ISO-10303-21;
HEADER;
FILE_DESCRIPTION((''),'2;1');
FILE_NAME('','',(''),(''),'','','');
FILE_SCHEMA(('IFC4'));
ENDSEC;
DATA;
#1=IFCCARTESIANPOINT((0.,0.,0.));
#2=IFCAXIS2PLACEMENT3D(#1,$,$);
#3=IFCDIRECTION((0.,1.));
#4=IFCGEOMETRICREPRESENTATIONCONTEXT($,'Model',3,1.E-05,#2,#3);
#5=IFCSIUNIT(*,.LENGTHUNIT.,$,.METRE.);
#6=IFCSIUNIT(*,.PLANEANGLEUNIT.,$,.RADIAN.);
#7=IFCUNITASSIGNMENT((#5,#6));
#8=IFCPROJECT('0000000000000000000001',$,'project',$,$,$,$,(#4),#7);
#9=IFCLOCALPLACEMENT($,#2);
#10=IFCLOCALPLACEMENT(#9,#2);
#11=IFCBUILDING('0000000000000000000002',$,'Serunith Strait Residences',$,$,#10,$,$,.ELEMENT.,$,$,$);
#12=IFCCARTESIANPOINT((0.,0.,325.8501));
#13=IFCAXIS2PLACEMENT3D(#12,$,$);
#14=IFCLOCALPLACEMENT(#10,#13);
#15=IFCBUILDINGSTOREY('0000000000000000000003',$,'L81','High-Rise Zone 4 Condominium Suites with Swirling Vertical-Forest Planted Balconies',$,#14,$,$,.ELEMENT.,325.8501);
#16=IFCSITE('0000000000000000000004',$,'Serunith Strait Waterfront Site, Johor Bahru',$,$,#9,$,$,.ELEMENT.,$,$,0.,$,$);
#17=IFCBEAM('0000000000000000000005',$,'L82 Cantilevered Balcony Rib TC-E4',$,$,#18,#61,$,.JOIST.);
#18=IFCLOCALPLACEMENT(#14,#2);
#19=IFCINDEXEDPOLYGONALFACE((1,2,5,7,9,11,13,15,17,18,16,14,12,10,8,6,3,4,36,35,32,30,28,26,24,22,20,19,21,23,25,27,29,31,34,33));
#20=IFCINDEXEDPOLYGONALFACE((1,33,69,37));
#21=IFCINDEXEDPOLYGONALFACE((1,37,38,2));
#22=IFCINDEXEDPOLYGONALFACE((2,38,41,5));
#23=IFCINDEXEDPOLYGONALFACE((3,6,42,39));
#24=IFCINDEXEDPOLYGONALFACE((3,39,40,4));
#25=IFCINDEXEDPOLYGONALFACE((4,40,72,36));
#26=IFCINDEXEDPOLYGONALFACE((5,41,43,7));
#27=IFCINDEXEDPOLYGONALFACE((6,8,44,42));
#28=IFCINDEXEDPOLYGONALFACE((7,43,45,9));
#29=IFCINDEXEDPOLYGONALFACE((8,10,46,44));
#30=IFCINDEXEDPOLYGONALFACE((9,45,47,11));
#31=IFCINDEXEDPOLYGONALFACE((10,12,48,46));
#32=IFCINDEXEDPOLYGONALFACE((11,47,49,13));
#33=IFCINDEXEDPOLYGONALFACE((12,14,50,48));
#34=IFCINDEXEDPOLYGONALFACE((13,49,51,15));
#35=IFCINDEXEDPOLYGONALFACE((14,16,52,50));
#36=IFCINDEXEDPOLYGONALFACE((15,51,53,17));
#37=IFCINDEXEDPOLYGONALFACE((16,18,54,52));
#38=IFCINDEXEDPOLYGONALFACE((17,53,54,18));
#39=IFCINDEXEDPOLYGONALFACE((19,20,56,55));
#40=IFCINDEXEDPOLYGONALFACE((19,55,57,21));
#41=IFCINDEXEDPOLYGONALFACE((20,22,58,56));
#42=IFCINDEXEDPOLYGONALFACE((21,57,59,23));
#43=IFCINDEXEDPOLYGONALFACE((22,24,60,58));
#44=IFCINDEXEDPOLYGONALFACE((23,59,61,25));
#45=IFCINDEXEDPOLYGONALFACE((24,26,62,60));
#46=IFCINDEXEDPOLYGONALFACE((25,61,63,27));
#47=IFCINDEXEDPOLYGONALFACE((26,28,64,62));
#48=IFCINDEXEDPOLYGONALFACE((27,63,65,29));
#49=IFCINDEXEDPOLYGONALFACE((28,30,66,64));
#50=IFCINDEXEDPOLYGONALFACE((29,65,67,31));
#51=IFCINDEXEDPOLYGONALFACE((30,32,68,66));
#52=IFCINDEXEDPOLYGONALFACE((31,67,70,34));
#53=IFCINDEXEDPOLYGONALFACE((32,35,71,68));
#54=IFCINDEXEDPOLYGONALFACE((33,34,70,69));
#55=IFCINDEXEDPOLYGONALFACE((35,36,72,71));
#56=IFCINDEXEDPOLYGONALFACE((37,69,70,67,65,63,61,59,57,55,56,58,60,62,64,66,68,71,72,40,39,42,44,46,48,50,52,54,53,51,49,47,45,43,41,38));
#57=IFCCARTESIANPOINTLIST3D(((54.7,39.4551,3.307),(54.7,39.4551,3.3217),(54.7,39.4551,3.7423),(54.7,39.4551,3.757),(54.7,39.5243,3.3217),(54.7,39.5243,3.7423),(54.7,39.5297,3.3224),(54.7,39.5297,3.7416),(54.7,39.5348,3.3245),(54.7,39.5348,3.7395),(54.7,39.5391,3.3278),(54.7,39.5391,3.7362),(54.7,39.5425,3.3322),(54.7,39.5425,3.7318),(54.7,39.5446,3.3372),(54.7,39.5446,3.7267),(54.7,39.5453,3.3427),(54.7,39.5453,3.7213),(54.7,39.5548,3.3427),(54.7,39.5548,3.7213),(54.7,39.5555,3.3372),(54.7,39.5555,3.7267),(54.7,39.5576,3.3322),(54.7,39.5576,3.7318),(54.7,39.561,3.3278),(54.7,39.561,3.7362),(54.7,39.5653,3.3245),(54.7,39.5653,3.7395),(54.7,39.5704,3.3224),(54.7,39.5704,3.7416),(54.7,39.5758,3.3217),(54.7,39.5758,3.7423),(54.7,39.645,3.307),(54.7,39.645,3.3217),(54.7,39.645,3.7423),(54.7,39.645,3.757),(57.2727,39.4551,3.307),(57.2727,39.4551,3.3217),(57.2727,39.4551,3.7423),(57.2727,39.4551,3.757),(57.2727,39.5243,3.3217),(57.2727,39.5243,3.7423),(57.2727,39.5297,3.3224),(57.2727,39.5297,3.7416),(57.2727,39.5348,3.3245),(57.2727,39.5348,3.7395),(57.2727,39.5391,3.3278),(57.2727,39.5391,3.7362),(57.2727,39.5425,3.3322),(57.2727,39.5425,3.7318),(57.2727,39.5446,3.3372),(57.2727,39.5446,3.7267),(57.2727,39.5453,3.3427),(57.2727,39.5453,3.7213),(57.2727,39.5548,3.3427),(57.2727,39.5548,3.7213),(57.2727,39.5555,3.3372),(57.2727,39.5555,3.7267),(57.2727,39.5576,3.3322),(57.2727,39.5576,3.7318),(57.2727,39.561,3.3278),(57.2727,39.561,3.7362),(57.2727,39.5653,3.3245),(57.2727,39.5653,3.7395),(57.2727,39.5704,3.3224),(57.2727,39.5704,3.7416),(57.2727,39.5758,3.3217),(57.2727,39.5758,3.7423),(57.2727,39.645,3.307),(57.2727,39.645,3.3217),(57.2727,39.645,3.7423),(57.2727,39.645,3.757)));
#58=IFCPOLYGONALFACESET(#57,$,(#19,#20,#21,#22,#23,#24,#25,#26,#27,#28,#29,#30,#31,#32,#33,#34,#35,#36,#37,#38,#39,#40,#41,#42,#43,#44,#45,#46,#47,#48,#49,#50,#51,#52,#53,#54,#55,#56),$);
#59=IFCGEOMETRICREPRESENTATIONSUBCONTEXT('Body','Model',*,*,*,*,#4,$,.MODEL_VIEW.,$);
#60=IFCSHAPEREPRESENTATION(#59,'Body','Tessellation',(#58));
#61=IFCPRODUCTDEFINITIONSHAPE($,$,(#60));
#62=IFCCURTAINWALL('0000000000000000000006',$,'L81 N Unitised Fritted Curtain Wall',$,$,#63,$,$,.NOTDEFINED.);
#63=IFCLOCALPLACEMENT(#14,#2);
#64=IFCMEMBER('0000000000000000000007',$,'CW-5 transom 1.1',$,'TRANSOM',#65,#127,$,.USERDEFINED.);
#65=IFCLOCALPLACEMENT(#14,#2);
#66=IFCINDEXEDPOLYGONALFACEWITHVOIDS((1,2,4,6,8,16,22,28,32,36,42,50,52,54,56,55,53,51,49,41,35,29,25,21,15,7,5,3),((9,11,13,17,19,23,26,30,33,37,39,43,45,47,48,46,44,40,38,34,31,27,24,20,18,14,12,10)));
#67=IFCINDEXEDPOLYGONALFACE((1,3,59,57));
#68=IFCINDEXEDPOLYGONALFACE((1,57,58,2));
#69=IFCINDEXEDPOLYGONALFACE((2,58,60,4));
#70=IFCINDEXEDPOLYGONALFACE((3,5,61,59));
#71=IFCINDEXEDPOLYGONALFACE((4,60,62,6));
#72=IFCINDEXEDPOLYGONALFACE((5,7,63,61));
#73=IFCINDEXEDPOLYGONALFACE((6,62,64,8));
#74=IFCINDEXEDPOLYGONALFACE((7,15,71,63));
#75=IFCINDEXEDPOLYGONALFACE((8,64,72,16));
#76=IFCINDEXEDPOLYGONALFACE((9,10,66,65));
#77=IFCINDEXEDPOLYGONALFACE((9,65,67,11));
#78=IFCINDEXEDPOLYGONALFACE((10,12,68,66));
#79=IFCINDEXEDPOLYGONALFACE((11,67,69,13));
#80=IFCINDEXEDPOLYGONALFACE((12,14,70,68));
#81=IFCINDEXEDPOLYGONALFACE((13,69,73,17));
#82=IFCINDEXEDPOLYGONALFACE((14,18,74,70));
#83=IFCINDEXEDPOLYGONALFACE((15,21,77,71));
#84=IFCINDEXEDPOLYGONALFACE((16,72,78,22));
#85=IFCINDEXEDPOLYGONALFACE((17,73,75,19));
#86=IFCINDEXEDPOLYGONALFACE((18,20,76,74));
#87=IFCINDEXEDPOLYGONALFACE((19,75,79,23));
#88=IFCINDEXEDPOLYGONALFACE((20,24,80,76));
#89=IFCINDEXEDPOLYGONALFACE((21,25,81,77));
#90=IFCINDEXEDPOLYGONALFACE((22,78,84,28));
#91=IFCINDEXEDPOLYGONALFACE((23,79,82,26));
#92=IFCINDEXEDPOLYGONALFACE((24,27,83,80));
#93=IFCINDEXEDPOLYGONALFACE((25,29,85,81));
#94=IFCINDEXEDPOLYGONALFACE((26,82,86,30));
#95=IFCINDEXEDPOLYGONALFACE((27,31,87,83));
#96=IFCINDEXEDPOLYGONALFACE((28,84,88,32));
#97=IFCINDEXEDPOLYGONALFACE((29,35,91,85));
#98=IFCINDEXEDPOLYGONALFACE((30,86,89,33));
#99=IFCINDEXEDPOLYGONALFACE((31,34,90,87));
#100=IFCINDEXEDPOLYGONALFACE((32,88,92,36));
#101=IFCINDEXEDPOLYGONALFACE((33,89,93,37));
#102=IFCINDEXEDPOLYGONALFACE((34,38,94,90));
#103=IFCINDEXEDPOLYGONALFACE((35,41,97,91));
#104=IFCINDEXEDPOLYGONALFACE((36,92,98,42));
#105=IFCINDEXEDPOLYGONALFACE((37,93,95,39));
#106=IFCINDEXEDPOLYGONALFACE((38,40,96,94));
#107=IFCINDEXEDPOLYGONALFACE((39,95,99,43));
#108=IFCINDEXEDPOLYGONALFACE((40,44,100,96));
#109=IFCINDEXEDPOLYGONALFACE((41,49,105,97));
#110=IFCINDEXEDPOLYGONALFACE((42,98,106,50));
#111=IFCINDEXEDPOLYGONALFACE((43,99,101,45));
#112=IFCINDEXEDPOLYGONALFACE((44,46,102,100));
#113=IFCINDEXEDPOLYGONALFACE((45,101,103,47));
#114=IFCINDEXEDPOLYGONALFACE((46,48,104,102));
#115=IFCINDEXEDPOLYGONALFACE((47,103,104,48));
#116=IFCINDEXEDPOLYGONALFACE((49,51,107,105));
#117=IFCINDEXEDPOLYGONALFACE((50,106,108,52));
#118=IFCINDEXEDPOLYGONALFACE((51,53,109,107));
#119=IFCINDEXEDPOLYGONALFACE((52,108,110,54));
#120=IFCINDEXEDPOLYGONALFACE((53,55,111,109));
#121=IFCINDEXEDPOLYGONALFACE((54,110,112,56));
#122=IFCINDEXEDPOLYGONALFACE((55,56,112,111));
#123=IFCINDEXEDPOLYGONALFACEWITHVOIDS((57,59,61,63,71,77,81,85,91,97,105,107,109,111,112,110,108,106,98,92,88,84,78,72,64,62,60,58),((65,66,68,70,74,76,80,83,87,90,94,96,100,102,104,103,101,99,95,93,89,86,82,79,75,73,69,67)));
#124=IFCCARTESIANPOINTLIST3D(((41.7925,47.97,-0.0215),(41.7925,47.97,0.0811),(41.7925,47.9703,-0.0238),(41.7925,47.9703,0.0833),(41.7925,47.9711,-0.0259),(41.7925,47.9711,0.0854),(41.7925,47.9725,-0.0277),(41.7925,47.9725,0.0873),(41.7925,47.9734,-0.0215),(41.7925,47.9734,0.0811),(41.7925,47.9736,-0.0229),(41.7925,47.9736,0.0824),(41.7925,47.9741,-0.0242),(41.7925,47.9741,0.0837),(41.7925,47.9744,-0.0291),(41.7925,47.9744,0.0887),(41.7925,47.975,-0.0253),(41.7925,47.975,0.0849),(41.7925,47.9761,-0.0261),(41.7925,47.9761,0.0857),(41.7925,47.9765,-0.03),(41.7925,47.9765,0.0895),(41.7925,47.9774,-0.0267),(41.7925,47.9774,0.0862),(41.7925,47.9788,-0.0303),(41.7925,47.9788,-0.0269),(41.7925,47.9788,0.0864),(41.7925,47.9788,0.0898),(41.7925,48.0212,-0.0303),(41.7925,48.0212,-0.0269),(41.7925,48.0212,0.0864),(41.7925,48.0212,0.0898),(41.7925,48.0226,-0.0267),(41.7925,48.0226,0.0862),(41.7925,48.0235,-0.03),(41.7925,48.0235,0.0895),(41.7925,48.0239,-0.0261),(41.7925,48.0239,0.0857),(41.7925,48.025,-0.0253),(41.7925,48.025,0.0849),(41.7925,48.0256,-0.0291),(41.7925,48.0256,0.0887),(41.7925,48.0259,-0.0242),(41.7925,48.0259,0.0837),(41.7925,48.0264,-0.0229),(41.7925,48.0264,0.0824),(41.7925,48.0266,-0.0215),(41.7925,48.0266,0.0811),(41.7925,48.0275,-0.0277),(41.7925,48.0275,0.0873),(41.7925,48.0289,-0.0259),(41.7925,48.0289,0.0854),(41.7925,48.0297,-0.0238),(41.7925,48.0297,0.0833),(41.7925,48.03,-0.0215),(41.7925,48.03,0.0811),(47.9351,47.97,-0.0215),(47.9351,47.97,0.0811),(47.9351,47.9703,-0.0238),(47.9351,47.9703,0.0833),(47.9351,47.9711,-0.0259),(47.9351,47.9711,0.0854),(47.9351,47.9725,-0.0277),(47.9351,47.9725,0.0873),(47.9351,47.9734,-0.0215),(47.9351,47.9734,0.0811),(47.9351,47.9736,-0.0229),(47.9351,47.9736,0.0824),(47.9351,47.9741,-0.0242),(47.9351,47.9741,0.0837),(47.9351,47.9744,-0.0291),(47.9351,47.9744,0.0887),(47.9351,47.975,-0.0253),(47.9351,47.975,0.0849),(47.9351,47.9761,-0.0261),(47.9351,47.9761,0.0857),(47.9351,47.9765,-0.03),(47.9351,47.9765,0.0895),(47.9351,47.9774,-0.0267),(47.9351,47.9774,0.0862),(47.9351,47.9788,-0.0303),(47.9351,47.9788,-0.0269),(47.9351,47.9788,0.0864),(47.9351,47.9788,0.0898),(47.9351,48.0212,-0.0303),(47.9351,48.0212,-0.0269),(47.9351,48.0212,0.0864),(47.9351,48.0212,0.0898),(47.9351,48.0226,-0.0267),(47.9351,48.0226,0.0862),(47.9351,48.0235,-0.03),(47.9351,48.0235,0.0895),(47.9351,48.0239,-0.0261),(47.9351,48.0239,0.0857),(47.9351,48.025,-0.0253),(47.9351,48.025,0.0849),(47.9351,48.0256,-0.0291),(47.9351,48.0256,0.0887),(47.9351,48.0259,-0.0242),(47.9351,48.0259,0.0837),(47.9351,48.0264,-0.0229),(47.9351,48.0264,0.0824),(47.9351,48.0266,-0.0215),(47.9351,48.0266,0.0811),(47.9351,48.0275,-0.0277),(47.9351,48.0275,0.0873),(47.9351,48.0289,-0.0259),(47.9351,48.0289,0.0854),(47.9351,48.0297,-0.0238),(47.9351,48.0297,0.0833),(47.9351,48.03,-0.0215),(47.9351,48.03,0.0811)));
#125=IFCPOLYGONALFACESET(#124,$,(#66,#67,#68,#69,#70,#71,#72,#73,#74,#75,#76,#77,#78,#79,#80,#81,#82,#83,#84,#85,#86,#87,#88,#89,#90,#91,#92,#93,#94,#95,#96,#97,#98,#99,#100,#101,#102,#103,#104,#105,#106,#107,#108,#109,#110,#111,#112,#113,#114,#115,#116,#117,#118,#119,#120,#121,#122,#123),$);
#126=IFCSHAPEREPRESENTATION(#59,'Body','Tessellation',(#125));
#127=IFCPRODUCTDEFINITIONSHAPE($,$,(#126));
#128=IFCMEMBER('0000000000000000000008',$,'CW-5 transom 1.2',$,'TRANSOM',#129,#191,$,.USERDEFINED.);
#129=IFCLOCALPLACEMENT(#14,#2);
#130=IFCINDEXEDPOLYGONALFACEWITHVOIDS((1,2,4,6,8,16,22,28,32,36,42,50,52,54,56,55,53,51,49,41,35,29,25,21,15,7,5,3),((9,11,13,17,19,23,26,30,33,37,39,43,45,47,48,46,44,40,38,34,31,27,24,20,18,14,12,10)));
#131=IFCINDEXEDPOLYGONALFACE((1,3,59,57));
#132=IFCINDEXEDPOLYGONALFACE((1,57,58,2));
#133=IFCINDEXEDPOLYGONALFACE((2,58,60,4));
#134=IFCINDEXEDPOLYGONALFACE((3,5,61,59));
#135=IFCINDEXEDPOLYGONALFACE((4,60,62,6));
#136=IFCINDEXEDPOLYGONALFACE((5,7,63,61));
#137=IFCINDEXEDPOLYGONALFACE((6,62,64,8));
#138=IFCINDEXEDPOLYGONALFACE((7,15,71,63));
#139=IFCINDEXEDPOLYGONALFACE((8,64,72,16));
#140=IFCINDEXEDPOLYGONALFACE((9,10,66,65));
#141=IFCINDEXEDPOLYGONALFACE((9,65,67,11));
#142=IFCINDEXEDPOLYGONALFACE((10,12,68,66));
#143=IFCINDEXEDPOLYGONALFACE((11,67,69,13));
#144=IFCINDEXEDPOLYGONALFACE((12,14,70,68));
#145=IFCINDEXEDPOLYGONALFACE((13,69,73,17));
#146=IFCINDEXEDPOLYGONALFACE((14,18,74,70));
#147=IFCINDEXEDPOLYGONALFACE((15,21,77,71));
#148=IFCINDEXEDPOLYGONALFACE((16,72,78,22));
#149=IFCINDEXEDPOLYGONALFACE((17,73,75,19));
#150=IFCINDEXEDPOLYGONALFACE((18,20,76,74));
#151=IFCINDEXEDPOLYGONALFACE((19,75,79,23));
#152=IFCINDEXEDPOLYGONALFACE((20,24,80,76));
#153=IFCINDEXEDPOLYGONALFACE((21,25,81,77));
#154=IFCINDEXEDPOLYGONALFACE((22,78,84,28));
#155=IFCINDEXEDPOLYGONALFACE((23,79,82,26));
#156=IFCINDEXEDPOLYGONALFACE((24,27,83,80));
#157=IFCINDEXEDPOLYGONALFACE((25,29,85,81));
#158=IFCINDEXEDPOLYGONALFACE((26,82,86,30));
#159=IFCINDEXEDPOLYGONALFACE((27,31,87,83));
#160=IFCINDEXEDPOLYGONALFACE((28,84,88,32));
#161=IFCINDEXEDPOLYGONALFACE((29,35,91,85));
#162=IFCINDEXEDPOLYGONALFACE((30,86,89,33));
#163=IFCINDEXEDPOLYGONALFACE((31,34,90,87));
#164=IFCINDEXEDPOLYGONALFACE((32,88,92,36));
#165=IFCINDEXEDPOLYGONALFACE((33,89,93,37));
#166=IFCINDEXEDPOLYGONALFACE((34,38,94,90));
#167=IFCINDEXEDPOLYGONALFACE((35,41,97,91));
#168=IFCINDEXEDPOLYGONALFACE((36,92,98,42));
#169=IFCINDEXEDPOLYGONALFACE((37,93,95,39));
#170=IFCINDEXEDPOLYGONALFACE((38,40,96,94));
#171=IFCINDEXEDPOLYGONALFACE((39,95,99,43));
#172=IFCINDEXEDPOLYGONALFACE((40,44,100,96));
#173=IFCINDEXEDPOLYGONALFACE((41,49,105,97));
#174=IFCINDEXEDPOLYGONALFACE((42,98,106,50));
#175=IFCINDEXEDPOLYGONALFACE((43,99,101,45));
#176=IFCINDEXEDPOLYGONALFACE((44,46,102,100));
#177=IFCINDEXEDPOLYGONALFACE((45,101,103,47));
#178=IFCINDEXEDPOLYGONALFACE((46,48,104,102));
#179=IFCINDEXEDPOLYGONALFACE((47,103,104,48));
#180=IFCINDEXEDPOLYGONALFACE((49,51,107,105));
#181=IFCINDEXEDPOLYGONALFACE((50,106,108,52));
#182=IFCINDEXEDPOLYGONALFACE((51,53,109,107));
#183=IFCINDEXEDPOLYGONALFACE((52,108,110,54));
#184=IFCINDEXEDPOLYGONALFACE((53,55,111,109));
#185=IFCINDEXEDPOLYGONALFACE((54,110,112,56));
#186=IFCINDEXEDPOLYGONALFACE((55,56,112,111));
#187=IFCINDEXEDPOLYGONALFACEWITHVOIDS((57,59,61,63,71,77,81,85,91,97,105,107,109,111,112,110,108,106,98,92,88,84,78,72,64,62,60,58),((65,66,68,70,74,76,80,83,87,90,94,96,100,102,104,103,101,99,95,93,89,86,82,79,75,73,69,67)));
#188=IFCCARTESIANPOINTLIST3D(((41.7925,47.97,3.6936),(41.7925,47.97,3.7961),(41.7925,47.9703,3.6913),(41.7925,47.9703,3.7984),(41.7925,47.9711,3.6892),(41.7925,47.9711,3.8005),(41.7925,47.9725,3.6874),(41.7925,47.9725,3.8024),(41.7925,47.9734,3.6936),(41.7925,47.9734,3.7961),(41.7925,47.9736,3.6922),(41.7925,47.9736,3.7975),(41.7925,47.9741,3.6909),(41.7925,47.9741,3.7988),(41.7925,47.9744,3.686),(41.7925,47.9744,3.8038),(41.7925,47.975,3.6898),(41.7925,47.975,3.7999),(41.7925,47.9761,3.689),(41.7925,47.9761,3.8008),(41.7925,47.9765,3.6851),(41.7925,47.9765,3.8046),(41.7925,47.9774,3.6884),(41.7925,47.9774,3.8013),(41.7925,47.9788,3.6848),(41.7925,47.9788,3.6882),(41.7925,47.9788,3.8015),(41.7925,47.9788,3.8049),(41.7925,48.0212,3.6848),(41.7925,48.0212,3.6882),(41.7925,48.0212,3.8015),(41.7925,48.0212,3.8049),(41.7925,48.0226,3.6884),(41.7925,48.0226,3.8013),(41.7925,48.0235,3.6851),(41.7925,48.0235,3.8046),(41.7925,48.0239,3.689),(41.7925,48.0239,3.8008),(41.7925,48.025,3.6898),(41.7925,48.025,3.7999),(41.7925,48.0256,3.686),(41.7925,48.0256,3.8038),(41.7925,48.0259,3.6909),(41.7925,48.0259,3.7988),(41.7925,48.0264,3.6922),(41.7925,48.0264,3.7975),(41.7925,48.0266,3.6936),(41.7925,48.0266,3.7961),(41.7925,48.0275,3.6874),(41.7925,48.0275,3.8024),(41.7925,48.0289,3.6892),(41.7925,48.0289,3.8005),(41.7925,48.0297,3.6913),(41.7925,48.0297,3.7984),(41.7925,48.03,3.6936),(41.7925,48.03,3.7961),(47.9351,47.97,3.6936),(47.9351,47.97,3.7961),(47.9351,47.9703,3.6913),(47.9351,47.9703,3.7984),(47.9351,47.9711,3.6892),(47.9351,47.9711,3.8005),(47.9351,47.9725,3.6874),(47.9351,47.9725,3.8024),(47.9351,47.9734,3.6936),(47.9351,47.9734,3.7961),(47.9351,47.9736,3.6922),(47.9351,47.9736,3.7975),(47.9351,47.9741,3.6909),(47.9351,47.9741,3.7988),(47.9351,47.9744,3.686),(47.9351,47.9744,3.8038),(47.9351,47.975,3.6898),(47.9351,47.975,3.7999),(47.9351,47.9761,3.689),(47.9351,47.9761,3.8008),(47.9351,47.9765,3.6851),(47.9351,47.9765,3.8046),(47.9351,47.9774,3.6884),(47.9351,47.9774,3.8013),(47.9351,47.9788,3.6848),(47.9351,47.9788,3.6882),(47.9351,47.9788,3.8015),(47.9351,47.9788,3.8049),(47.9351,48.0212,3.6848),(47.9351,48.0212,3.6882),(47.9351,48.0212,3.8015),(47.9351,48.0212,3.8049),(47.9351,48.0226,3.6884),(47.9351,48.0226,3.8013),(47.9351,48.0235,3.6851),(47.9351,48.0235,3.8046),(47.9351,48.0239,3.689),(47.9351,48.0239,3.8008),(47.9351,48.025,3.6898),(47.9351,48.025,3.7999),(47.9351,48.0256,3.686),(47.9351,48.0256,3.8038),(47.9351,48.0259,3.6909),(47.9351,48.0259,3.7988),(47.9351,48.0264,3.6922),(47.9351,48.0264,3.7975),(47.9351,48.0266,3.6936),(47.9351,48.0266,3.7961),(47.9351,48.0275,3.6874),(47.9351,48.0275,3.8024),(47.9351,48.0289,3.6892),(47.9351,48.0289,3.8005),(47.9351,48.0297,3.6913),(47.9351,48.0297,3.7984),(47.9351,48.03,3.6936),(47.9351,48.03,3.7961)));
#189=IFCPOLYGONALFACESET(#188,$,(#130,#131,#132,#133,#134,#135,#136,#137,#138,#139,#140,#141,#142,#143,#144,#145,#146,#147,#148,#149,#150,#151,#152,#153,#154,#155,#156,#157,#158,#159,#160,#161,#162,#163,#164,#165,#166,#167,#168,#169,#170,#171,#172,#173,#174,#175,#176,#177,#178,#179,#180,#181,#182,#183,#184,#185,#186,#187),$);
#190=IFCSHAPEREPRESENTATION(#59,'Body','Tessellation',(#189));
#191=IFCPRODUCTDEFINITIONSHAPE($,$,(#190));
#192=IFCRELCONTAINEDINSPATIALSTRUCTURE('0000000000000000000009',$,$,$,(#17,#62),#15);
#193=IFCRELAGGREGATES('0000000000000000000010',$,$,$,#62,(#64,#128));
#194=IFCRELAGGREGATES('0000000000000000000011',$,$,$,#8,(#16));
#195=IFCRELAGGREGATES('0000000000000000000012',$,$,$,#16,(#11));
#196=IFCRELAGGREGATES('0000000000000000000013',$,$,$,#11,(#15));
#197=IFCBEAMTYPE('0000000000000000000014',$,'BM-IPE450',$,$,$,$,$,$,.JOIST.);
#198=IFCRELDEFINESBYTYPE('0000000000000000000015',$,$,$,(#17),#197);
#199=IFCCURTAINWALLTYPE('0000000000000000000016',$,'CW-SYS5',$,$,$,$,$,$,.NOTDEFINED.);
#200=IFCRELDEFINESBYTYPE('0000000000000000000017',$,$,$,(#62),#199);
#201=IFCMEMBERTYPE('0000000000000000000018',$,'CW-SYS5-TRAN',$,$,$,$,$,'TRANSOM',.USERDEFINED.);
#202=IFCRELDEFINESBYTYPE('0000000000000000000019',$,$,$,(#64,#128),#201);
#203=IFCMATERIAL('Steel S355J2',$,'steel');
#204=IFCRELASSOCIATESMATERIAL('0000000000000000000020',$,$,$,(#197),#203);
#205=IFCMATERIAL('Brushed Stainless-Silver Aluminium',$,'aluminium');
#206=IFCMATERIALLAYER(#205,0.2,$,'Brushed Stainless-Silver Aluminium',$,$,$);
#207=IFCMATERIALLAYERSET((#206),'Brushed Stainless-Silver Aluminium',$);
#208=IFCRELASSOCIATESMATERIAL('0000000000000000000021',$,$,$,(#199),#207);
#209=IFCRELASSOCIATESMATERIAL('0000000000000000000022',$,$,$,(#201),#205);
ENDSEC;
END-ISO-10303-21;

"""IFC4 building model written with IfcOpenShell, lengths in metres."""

from ifc_helpers import new_model, si_unit, direction, frame, origin, origin_2d, place, context, subcontext, project, spatial, hollow_rectangle, i_section, extrude, source, transform, mapped, material, layer, layer_set, material_profile, profile_set, type_object, element, aggregate, save


model = new_model("IFC4")

# Units and contexts
model_context = context("Model", 3, precision=1e-05, world=origin(), true_north=direction((0.0, 1.0)))
body_context = subcontext(model_context, "Body", "Model", "MODEL_VIEW")
ifc_project = project(units=[si_unit("LENGTHUNIT", "METRE"), si_unit("PLANEANGLEUNIT", "RADIAN")], contexts=[model_context])

# Site, building, storey
site_placement = place(None, origin())
site = spatial("IfcSite", under=ifc_project, at=site_placement, Name="Serunith Strait Waterfront Site, Johor Bahru", CompositionType="ELEMENT", RefElevation=0.0)
building_placement = place(site_placement, origin())
building = spatial("IfcBuilding", under=site, at=building_placement, Name="Serunith Strait Residences", CompositionType="ELEMENT")
storey_placement = place(building_placement, frame((0.0, 0.0, 325.8501)))
storey = spatial("IfcBuildingStorey", under=building, at=storey_placement, Name="L81", Description="High-Rise Zone 4 Condominium Suites with Swirling Vertical-Forest Planted Balconies", CompositionType="ELEMENT", Elevation=325.8501)

# Beam
ifc_material_1 = material(Name="Steel S355J2", Category="steel")
ifc_material_profile_1 = material_profile(ifc_material_1, i_section(OverallWidth=0.1899, OverallDepth=0.45, WebThickness=0.0095, FlangeThickness=0.0146, FilletRadius=0.021, at=origin_2d()), Name="IPE 450")
ifc_profile_set_1 = profile_set([ifc_material_profile_1], Name="Steel S355J2")
beam_type_1 = type_object("IfcBeamType", Name="BM-IPE450", PredefinedType="JOIST", material=ifc_profile_set_1)
shared_shape_1 = source(origin(), body_context, "Body", "SweptSolid", [
    extrude(i_section(OverallWidth=0.1899, OverallDepth=0.45, WebThickness=0.0095, FlangeThickness=0.0146, FilletRadius=0.021, at=origin_2d()), origin(), (0.0, 0.0, 1.0), 2.5728),
])
beam_1_placement = place(storey_placement, frame((54.7, 39.55, 3.532), z_axis=(1.0, 0.0, 0.0), x_axis=(0.0, 1.0, 0.0)))
element("IfcBeam", 1, at=beam_1_placement, inside=storey, type_object=beam_type_1, Name="L82 Cantilevered Balcony Rib TC-E4", PredefinedType="JOIST", context=body_context, shape_type="MappedRepresentation", body=[
    mapped(shared_shape_1, transform((0.0, 0.0, 0.0), scale=1.0)),
])

# Curtain wall, members
ifc_material_2 = material(Name="Brushed Stainless-Silver Aluminium", Category="aluminium")
ifc_layer_1 = layer(ifc_material_2, 0.2, Name="Brushed Stainless-Silver Aluminium")
ifc_layer_set_1 = layer_set([ifc_layer_1], Name="Brushed Stainless-Silver Aluminium")
curtain_wall_type = type_object("IfcCurtainWallType", Name="CW-SYS5", PredefinedType="NOTDEFINED", material=ifc_layer_set_1)
curtain_wall_1_placement = place(storey_placement, origin())
curtain_wall_1 = element("IfcCurtainWall", 2, at=curtain_wall_1_placement, inside=storey, type_object=curtain_wall_type, Name="L81 N Unitised Fritted Curtain Wall", PredefinedType="NOTDEFINED")
ifc_material_profile_2 = material_profile(ifc_material_2, hollow_rectangle(XDim=0.0601, YDim=0.1201, WallThickness=0.0034, InnerFilletRadius=0.0054, OuterFilletRadius=0.0088, at=origin_2d()), Name="ALU 120x60x3.5")
ifc_profile_set_2 = profile_set([ifc_material_profile_2], Name="Brushed Stainless-Silver Aluminium")
member_type_1 = type_object("IfcMemberType", Name="CW-SYS5-TRAN", ElementType="TRANSOM", PredefinedType="USERDEFINED", material=ifc_profile_set_2)
shared_shape_2 = source(origin(), body_context, "Body", "SweptSolid", [
    extrude(hollow_rectangle(XDim=0.0601, YDim=0.1201, WallThickness=0.0034, InnerFilletRadius=0.0054, OuterFilletRadius=0.0088, at=origin_2d()), origin(), (0.0, 0.0, 1.0), 6.1426),
])
member_1_placement = place(storey_placement, frame((47.9351, 48.0, 0.0298), z_axis=(-1.0, 0.0, 0.0), x_axis=(0.0, -1.0, 0.0)))
member_1 = element("IfcMember", 3, at=member_1_placement, type_object=member_type_1, Name="CW-5 transom 1.1", ObjectType="TRANSOM", PredefinedType="USERDEFINED", context=body_context, shape_type="MappedRepresentation", body=[
    mapped(shared_shape_2, transform((0.0, 0.0, 0.0), scale=1.0)),
])
member_2_placement = place(storey_placement, frame((47.9351, 48.0, 3.7449), z_axis=(-1.0, 0.0, 0.0), x_axis=(0.0, -1.0, 0.0)))
member_2 = element("IfcMember", 4, at=member_2_placement, type_object=member_type_1, Name="CW-5 transom 1.2", ObjectType="TRANSOM", PredefinedType="USERDEFINED", context=body_context, shape_type="MappedRepresentation", body=[
    mapped(shared_shape_2, transform((0.0, 0.0, 0.0), scale=1.0)),
])

aggregate(curtain_wall_1, [member_1, member_2])

save(model, "model.ifc")
